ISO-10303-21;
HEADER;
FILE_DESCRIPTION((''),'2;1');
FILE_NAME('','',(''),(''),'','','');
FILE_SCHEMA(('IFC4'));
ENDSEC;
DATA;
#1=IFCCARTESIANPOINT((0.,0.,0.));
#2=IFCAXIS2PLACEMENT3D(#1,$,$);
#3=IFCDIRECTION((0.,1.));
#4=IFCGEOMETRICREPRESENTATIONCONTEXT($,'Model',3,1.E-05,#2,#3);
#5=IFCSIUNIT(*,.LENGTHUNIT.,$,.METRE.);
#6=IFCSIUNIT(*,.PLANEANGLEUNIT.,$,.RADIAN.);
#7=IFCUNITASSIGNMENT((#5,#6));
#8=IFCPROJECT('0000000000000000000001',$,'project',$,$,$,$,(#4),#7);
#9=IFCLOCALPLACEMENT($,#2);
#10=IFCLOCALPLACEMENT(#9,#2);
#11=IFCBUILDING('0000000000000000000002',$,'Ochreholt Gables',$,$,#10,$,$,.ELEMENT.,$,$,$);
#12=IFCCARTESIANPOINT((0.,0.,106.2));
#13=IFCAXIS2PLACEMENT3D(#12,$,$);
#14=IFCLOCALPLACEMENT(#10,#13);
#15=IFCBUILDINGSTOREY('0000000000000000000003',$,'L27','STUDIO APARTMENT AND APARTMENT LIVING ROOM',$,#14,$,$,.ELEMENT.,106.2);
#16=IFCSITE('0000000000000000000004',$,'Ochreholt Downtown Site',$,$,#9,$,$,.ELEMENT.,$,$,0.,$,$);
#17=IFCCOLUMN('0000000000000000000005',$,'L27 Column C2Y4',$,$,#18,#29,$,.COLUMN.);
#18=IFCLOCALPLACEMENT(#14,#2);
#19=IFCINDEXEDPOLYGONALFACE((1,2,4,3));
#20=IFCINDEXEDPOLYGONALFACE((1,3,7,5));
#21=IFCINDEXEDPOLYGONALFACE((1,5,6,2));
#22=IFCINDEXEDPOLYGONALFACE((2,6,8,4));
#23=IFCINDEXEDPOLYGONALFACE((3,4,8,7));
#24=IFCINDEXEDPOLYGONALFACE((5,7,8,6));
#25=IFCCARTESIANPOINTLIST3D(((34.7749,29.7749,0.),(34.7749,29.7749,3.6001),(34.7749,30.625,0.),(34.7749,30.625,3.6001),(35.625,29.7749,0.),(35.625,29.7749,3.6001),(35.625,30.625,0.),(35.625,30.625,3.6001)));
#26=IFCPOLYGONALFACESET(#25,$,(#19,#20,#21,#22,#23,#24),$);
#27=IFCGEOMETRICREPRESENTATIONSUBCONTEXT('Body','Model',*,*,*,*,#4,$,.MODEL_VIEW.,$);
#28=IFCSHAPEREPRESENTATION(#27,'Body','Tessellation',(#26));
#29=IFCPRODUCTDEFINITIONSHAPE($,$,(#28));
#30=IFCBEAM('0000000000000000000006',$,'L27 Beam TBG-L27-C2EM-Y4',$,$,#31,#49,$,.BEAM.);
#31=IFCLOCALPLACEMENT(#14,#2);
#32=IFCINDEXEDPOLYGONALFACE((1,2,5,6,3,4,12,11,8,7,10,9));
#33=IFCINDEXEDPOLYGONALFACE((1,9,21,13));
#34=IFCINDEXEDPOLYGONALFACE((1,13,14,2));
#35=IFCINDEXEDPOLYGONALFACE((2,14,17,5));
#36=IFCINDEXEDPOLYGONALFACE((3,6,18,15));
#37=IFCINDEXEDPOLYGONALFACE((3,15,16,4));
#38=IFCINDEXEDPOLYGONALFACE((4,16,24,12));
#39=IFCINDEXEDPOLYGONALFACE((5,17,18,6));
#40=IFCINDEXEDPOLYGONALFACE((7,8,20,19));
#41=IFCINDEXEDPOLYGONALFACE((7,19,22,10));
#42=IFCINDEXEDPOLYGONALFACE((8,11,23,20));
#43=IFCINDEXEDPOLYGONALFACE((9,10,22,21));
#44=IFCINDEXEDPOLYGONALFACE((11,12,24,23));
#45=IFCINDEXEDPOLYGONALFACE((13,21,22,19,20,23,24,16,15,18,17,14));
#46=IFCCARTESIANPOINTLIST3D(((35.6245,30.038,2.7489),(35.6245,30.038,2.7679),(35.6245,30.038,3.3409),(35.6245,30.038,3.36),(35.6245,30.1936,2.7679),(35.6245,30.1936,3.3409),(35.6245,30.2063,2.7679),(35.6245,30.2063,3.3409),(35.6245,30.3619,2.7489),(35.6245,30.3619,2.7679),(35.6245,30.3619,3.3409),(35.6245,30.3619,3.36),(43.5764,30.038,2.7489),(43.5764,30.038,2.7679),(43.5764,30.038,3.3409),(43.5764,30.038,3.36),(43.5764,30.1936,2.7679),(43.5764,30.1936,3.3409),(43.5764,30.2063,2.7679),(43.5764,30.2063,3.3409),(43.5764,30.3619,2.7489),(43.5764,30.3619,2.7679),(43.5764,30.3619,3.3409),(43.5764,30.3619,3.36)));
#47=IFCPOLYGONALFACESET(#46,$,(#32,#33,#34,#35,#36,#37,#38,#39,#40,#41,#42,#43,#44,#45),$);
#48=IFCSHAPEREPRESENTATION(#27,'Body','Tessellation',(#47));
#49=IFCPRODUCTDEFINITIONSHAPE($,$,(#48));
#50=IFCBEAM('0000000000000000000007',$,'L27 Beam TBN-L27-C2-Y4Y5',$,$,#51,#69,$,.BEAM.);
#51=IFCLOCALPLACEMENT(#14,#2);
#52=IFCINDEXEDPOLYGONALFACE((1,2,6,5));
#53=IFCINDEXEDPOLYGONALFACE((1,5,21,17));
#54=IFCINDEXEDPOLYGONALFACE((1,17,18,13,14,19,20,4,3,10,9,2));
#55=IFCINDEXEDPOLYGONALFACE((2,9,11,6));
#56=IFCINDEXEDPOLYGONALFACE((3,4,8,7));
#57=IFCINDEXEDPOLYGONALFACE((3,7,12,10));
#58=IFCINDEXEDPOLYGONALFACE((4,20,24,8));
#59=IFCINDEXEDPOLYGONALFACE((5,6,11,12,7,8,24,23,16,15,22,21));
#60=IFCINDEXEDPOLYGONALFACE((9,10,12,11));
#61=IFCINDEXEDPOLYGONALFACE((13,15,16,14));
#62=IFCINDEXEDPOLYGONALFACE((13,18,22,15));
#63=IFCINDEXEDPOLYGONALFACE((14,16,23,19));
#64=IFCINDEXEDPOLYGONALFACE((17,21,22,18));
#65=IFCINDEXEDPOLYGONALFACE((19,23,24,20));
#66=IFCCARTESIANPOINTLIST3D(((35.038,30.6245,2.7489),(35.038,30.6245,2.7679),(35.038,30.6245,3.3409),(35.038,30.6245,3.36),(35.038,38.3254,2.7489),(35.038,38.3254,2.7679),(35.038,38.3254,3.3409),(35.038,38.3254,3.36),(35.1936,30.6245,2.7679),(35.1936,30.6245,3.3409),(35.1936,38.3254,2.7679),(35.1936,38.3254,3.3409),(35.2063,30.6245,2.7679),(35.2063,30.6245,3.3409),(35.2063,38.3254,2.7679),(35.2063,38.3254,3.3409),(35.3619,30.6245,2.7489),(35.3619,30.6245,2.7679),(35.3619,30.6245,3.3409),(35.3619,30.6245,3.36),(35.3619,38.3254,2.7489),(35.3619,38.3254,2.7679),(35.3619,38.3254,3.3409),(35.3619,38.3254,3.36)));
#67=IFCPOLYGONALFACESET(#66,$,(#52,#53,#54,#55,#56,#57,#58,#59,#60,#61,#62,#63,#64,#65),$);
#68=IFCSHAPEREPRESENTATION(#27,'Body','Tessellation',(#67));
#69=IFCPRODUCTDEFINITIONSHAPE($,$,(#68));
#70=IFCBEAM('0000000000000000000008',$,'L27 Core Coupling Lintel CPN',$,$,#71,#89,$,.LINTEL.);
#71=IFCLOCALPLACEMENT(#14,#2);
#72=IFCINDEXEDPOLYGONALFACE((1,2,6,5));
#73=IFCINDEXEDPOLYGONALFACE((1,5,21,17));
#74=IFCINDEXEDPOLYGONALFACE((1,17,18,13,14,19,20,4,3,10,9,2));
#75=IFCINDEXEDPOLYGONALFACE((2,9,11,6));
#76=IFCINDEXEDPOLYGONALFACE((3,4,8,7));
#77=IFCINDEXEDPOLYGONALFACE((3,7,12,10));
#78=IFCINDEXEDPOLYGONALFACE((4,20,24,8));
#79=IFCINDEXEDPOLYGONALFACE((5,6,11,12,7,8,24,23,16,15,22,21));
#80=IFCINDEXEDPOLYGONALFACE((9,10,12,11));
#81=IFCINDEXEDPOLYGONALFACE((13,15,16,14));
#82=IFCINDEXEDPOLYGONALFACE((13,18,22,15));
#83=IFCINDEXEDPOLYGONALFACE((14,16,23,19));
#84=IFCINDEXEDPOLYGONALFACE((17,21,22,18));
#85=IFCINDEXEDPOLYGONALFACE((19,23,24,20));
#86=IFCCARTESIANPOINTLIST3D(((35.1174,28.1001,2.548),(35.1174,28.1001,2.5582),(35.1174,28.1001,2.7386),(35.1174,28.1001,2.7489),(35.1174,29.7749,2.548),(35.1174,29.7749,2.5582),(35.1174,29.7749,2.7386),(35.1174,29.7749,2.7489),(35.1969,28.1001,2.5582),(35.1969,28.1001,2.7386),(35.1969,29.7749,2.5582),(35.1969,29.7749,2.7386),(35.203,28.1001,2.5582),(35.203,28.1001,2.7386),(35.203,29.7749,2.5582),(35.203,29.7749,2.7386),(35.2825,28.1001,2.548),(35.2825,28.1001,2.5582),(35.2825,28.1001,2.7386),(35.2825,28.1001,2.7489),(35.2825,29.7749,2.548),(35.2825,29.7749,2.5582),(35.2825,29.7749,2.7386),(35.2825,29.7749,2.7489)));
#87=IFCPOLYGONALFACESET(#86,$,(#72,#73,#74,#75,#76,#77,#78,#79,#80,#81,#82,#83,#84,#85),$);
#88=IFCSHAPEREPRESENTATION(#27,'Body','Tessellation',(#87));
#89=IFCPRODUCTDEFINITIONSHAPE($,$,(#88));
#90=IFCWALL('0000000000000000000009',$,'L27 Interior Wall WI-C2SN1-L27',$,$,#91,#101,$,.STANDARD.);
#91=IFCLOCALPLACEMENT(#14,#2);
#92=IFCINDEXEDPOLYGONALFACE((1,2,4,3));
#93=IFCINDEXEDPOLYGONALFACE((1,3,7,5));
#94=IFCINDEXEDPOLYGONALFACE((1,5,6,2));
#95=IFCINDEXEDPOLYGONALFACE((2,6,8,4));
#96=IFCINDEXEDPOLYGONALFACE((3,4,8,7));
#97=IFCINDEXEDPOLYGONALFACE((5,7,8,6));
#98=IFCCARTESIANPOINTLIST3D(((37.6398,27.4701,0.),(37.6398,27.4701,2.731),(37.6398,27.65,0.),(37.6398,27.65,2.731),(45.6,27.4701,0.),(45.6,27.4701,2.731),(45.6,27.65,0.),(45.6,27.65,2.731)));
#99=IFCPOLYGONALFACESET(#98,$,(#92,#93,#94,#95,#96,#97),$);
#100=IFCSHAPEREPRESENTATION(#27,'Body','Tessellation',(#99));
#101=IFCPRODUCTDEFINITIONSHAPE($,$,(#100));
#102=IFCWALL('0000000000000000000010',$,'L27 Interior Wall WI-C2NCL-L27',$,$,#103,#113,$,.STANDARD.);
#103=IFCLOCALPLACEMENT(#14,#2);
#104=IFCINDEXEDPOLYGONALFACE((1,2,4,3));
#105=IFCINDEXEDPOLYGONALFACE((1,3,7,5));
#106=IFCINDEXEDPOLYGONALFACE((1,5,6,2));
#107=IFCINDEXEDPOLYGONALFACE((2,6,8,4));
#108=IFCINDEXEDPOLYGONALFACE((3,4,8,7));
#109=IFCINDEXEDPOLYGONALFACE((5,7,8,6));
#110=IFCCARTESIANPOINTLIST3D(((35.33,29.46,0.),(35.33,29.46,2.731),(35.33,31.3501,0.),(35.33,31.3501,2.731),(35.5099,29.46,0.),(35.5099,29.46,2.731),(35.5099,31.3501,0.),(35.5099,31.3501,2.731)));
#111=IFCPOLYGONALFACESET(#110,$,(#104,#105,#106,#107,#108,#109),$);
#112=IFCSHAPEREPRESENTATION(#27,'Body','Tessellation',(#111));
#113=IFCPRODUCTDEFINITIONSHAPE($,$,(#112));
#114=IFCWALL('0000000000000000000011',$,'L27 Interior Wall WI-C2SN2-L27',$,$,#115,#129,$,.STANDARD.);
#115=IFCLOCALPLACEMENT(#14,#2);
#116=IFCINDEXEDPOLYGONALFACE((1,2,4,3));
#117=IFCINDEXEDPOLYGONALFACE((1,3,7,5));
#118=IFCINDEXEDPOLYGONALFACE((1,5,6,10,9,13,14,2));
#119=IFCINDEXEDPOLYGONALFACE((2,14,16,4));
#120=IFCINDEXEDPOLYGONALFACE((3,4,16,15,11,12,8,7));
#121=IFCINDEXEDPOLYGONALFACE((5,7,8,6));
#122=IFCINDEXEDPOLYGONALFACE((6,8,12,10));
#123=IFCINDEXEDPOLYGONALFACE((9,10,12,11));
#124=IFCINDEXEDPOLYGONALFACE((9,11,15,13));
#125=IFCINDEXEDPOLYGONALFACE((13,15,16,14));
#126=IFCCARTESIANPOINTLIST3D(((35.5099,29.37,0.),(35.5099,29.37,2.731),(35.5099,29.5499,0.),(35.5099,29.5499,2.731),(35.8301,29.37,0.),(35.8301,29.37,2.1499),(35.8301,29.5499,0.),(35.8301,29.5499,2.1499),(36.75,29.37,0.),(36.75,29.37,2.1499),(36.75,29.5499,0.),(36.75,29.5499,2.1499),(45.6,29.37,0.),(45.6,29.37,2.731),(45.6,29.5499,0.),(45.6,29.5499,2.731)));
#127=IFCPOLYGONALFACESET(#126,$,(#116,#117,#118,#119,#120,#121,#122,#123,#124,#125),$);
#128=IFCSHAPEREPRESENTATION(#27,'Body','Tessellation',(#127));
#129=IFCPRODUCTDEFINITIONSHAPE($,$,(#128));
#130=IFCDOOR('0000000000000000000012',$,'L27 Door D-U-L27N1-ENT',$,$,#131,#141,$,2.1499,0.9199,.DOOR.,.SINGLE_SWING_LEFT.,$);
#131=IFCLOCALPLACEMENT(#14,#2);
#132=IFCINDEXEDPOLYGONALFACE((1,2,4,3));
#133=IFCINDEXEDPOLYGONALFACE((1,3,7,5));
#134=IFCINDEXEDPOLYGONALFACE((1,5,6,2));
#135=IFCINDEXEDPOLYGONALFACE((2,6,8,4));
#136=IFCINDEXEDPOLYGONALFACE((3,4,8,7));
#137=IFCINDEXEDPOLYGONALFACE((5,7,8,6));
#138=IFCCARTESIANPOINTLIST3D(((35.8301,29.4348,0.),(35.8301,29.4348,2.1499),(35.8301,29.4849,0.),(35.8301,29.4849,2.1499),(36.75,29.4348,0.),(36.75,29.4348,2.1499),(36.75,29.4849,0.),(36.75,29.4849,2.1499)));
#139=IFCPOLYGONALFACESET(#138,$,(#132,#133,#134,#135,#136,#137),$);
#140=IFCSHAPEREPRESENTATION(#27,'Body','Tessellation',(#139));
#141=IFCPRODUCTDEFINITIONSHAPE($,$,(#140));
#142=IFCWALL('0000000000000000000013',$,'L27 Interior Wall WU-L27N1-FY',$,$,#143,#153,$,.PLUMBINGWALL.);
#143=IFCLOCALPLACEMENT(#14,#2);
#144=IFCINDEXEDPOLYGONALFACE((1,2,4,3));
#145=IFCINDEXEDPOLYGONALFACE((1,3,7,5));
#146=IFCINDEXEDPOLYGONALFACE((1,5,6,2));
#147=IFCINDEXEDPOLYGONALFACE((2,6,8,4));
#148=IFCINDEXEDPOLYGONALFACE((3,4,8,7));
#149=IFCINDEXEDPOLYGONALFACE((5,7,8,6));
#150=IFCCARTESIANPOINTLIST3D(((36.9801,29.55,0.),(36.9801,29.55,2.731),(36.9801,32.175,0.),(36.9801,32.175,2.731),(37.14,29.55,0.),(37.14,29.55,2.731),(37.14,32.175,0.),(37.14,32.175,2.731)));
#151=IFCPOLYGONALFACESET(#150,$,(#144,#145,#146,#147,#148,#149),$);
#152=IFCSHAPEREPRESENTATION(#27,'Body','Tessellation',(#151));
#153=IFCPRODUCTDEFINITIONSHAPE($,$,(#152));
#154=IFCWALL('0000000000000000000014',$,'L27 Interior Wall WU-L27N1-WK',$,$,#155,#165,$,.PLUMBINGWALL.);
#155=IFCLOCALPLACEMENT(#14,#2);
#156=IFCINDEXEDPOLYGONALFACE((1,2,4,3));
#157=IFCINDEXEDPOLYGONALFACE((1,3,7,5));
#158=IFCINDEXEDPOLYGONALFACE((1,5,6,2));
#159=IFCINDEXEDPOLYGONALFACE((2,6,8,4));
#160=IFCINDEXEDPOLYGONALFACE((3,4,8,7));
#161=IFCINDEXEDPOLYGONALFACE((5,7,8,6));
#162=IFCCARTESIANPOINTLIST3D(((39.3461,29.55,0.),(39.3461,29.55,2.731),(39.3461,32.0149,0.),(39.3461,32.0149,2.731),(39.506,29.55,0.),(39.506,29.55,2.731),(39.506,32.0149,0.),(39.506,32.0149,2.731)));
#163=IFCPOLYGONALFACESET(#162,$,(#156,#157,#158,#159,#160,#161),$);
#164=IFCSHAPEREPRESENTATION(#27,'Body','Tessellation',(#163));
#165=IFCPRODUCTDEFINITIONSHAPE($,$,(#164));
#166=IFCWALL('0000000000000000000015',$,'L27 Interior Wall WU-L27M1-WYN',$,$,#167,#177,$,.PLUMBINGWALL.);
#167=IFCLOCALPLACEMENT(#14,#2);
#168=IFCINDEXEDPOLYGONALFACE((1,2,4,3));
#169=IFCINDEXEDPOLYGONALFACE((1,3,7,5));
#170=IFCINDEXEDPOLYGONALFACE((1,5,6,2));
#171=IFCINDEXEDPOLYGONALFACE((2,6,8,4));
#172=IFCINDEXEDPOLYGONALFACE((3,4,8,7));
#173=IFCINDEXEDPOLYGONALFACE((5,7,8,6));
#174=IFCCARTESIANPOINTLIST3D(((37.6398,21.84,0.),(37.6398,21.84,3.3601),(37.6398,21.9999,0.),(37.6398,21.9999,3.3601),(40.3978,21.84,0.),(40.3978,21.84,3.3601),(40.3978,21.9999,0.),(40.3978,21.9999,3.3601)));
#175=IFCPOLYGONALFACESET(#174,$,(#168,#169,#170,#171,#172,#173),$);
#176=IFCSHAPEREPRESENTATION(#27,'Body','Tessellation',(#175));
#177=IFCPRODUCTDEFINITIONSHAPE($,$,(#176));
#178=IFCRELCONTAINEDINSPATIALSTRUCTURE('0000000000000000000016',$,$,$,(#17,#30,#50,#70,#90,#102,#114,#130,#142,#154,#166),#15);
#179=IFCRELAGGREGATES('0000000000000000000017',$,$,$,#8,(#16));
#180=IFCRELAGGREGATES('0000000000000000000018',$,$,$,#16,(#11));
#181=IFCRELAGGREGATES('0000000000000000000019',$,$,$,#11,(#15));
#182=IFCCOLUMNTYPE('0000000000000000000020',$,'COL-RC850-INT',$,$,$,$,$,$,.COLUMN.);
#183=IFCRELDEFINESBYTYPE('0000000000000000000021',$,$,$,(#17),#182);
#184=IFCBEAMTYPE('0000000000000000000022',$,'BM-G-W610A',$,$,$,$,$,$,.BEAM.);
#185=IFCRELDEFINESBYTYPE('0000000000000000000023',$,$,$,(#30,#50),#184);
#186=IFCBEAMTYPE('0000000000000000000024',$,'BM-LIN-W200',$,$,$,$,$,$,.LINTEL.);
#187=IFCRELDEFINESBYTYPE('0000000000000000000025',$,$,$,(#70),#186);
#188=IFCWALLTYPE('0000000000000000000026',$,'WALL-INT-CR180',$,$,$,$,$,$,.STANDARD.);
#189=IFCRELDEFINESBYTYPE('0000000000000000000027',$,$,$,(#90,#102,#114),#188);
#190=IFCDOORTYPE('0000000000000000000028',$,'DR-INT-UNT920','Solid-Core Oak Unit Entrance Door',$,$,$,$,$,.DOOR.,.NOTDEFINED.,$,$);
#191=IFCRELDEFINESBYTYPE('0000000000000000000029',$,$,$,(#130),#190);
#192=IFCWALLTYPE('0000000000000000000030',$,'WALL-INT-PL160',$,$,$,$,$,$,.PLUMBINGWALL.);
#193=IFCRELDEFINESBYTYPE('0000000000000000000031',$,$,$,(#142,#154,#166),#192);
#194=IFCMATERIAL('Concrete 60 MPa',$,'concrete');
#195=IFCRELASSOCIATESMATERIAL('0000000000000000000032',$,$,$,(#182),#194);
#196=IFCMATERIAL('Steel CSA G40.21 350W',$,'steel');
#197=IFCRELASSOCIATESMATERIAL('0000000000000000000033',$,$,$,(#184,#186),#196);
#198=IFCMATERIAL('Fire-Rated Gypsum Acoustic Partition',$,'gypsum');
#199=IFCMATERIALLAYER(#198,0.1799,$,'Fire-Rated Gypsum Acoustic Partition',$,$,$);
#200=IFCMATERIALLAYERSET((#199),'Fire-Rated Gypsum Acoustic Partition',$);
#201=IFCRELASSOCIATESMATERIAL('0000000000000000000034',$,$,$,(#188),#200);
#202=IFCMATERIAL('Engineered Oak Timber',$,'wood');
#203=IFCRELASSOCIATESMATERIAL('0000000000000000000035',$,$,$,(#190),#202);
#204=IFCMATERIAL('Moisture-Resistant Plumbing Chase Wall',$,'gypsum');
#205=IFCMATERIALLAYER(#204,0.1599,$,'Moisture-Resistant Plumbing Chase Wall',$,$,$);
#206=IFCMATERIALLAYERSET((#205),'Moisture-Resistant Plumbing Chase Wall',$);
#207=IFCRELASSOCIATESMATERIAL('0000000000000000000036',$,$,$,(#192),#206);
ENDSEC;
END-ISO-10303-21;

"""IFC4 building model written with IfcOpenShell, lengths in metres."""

from ifc_helpers import new_model, si_unit, direction, frame, frame_2d, origin, origin_2d, place, context, subcontext, project, spatial, rectangle, i_section, extrude, material, layer, layer_set, material_profile, profile_set, type_object, element, fill, save


model = new_model("IFC4")

# Units and contexts
model_context = context("Model", 3, precision=1e-05, world=origin(), true_north=direction((0.0, 1.0)))
body_context = subcontext(model_context, "Body", "Model", "MODEL_VIEW")
ifc_project = project(units=[si_unit("LENGTHUNIT", "METRE"), si_unit("PLANEANGLEUNIT", "RADIAN")], contexts=[model_context])

# Site, building, storey
site_placement = place(None, origin())
site = spatial("IfcSite", under=ifc_project, at=site_placement, Name="Ochreholt Downtown Site", CompositionType="ELEMENT", RefElevation=0.0)
building_placement = place(site_placement, origin())
building = spatial("IfcBuilding", under=site, at=building_placement, Name="Ochreholt Gables", CompositionType="ELEMENT")
storey_placement = place(building_placement, frame((0.0, 0.0, 106.2)))
storey = spatial("IfcBuildingStorey", under=building, at=storey_placement, Name="L27", Description="STUDIO APARTMENT AND APARTMENT LIVING ROOM", CompositionType="ELEMENT", Elevation=106.2)

# Column
ifc_material_1 = material(Name="Concrete 60 MPa", Category="concrete")
ifc_material_profile_1 = material_profile(ifc_material_1, rectangle(XDim=0.8501, YDim=0.8501, at=origin_2d()), Name="RC850X850")
ifc_profile_set_1 = profile_set([ifc_material_profile_1], Name="Concrete 60 MPa")
column_type = type_object("IfcColumnType", Name="COL-RC850-INT", PredefinedType="COLUMN", material=ifc_profile_set_1)
column_placement = place(storey_placement, frame((35.2, 30.2, 0.0), z_axis=(0.0, 0.0, 1.0), x_axis=(1.0, 0.0, 0.0)))
element("IfcColumn", 1, at=column_placement, inside=storey, type_object=column_type, Name="L27 Column C2Y4", PredefinedType="COLUMN", context=body_context, shape_type="SweptSolid", body=[
    extrude(rectangle(XDim=0.8501, YDim=0.8501, at=origin_2d()), origin(), (0.0, 0.0, 1.0), 3.6001),
])

# Beams
ifc_material_2 = material(Name="Steel CSA G40.21 350W", Category="steel")
ifc_material_profile_2 = material_profile(ifc_material_2, i_section(OverallWidth=0.324, OverallDepth=0.6111, WebThickness=0.0127, FlangeThickness=0.019, at=origin_2d()), Name="W610X155")
ifc_profile_set_2 = profile_set([ifc_material_profile_2], Name="Steel CSA G40.21 350W")
beam_type_1 = type_object("IfcBeamType", Name="BM-G-W610A", PredefinedType="BEAM", material=ifc_profile_set_2)
beam_1_placement = place(storey_placement, frame((35.6245, 30.2, 3.0544), z_axis=(1.0, 0.0, 0.0), x_axis=(0.0, 1.0, 0.0)))
element("IfcBeam", 2, at=beam_1_placement, inside=storey, type_object=beam_type_1, Name="L27 Beam TBG-L27-C2EM-Y4", PredefinedType="BEAM", context=body_context, shape_type="SweptSolid", body=[
    extrude(i_section(OverallWidth=0.324, OverallDepth=0.6111, WebThickness=0.0127, FlangeThickness=0.019, at=origin_2d()), origin(), (0.0, 0.0, 1.0), 7.9519),
])
beam_2_placement = place(storey_placement, frame((35.2, 30.6245, 3.0544), z_axis=(0.0, 1.0, 0.0), x_axis=(-1.0, 0.0, 0.0)))
element("IfcBeam", 3, at=beam_2_placement, inside=storey, type_object=beam_type_1, Name="L27 Beam TBN-L27-C2-Y4Y5", PredefinedType="BEAM", context=body_context, shape_type="SweptSolid", body=[
    extrude(i_section(OverallWidth=0.324, OverallDepth=0.6111, WebThickness=0.0127, FlangeThickness=0.019, at=origin_2d()), origin(), (0.0, 0.0, 1.0), 7.7009),
])
ifc_material_profile_3 = material_profile(ifc_material_2, i_section(OverallWidth=0.165, OverallDepth=0.2009, WebThickness=0.0061, FlangeThickness=0.0103, at=origin_2d()), Name="W200X36")
ifc_profile_set_3 = profile_set([ifc_material_profile_3], Name="Steel CSA G40.21 350W")
beam_type_2 = type_object("IfcBeamType", Name="BM-LIN-W200", PredefinedType="LINTEL", material=ifc_profile_set_3)
beam_3_placement = place(storey_placement, frame((35.2, 28.1001, 2.6484), z_axis=(0.0, 1.0, 0.0), x_axis=(-1.0, 0.0, 0.0)))
element("IfcBeam", 4, at=beam_3_placement, inside=storey, type_object=beam_type_2, Name="L27 Core Coupling Lintel CPN", PredefinedType="LINTEL", context=body_context, shape_type="SweptSolid", body=[
    extrude(i_section(OverallWidth=0.165, OverallDepth=0.2009, WebThickness=0.0061, FlangeThickness=0.0103, at=origin_2d()), origin(), (0.0, 0.0, 1.0), 1.6748),
])

# Walls
ifc_material_3 = material(Name="Fire-Rated Gypsum Acoustic Partition", Category="gypsum")
ifc_layer_1 = layer(ifc_material_3, 0.1799, Name="Fire-Rated Gypsum Acoustic Partition")
ifc_layer_set_1 = layer_set([ifc_layer_1], Name="Fire-Rated Gypsum Acoustic Partition")
wall_type_1 = type_object("IfcWallType", Name="WALL-INT-CR180", PredefinedType="STANDARD", material=ifc_layer_set_1)
wall_1_placement = place(storey_placement, frame((37.6399, 27.5601, 0.0), z_axis=(0.0, 0.0, 1.0), x_axis=(1.0, 0.0, 0.0)))
element("IfcWall", 5, at=wall_1_placement, inside=storey, type_object=wall_type_1, Name="L27 Interior Wall WI-C2SN1-L27", PredefinedType="STANDARD", context=body_context, shape_type="SweptSolid", body=[
    extrude(rectangle(XDim=7.9602, YDim=0.1799, at=frame_2d((3.98, 0.0))), origin(), (0.0, 0.0, 1.0), 2.731),
])
wall_2_placement = place(storey_placement, frame((35.4199, 29.46, 0.0), z_axis=(0.0, 0.0, 1.0), x_axis=(0.0, 1.0, 0.0)))
element("IfcWall", 6, at=wall_2_placement, inside=storey, type_object=wall_type_1, Name="L27 Interior Wall WI-C2NCL-L27", PredefinedType="STANDARD", context=body_context, shape_type="SweptSolid", body=[
    extrude(rectangle(XDim=1.8901, YDim=0.1799, at=frame_2d((0.9451, 0.0))), origin(), (0.0, 0.0, 1.0), 2.731),
])

# Wall, opening, door
wall_3_placement = place(storey_placement, frame((35.51, 29.46, 0.0), z_axis=(0.0, 0.0, 1.0), x_axis=(1.0, 0.0, 0.0)))
wall_3 = element("IfcWall", 7, at=wall_3_placement, inside=storey, type_object=wall_type_1, Name="L27 Interior Wall WI-C2SN2-L27", PredefinedType="STANDARD", context=body_context, shape_type="SweptSolid", body=[
    extrude(rectangle(XDim=10.0901, YDim=0.1799, at=frame_2d((5.0449, 0.0))), origin(), (0.0, 0.0, 1.0), 2.731),
])
opening_placement = place(wall_3_placement, frame((0.3201, 0.0, 0.0)))
opening = element("IfcOpeningElement", 8, at=opening_placement, cuts=wall_3, PredefinedType="OPENING", context=body_context, shape_type="SweptSolid", body=[
    extrude(rectangle(XDim=0.9199, YDim=2.1499, at=frame_2d((0.46, 1.075))), frame((0.0, 0.0999, 0.0), z_axis=(0.0, -1.0, 0.0), x_axis=(1.0, 0.0, 0.0)), (0.0, 0.0, 1.0), 0.2),
])
ifc_material_4 = material(Name="Engineered Oak Timber", Category="wood")
door_type = type_object("IfcDoorType", Name="DR-INT-UNT920", Description="Solid-Core Oak Unit Entrance Door", OperationType="NOTDEFINED", PredefinedType="DOOR", material=ifc_material_4)
door_placement = place(opening_placement, origin())
door = element("IfcDoor", 9, at=door_placement, inside=storey, type_object=door_type, Name="L27 Door D-U-L27N1-ENT", OperationType="SINGLE_SWING_LEFT", OverallHeight=2.1499, OverallWidth=0.9199, PredefinedType="DOOR", context=body_context, shape_type="SweptSolid", body=[
    extrude(rectangle(XDim=0.9199, YDim=2.1499, at=frame_2d((0.46, 1.075))), frame((0.0, 0.0249, 0.0), z_axis=(0.0, -1.0, 0.0), x_axis=(1.0, 0.0, 0.0)), (0.0, 0.0, 1.0), 0.05),
])
fill(opening, door)

# Walls
ifc_material_5 = material(Name="Moisture-Resistant Plumbing Chase Wall", Category="gypsum")
ifc_layer_2 = layer(ifc_material_5, 0.1599, Name="Moisture-Resistant Plumbing Chase Wall")
ifc_layer_set_2 = layer_set([ifc_layer_2], Name="Moisture-Resistant Plumbing Chase Wall")
wall_type_2 = type_object("IfcWallType", Name="WALL-INT-PL160", PredefinedType="PLUMBINGWALL", material=ifc_layer_set_2)
wall_4_placement = place(storey_placement, frame((37.0601, 29.55, 0.0), z_axis=(0.0, 0.0, 1.0), x_axis=(0.0, 1.0, 0.0)))
element("IfcWall", 10, at=wall_4_placement, inside=storey, type_object=wall_type_2, Name="L27 Interior Wall WU-L27N1-FY", PredefinedType="PLUMBINGWALL", context=body_context, shape_type="SweptSolid", body=[
    extrude(rectangle(XDim=2.625, YDim=0.1599, at=frame_2d((1.3125, 0.0))), origin(), (0.0, 0.0, 1.0), 2.731),
])
wall_5_placement = place(storey_placement, frame((39.426, 29.55, 0.0), z_axis=(0.0, 0.0, 1.0), x_axis=(0.0, 1.0, 0.0)))
element("IfcWall", 11, at=wall_5_placement, inside=storey, type_object=wall_type_2, Name="L27 Interior Wall WU-L27N1-WK", PredefinedType="PLUMBINGWALL", context=body_context, shape_type="SweptSolid", body=[
    extrude(rectangle(XDim=2.4648, YDim=0.1599, at=frame_2d((1.2324, 0.0))), origin(), (0.0, 0.0, 1.0), 2.731),
])
wall_6_placement = place(storey_placement, frame((37.6399, 21.9199, 0.0), z_axis=(0.0, 0.0, 1.0), x_axis=(1.0, 0.0, 0.0)))
element("IfcWall", 12, at=wall_6_placement, inside=storey, type_object=wall_type_2, Name="L27 Interior Wall WU-L27M1-WYN", PredefinedType="PLUMBINGWALL", context=body_context, shape_type="SweptSolid", body=[
    extrude(rectangle(XDim=2.7581, YDim=0.1599, at=frame_2d((1.3789, 0.0))), origin(), (0.0, 0.0, 1.0), 3.3601),
])

save(model, "model.ifc")
